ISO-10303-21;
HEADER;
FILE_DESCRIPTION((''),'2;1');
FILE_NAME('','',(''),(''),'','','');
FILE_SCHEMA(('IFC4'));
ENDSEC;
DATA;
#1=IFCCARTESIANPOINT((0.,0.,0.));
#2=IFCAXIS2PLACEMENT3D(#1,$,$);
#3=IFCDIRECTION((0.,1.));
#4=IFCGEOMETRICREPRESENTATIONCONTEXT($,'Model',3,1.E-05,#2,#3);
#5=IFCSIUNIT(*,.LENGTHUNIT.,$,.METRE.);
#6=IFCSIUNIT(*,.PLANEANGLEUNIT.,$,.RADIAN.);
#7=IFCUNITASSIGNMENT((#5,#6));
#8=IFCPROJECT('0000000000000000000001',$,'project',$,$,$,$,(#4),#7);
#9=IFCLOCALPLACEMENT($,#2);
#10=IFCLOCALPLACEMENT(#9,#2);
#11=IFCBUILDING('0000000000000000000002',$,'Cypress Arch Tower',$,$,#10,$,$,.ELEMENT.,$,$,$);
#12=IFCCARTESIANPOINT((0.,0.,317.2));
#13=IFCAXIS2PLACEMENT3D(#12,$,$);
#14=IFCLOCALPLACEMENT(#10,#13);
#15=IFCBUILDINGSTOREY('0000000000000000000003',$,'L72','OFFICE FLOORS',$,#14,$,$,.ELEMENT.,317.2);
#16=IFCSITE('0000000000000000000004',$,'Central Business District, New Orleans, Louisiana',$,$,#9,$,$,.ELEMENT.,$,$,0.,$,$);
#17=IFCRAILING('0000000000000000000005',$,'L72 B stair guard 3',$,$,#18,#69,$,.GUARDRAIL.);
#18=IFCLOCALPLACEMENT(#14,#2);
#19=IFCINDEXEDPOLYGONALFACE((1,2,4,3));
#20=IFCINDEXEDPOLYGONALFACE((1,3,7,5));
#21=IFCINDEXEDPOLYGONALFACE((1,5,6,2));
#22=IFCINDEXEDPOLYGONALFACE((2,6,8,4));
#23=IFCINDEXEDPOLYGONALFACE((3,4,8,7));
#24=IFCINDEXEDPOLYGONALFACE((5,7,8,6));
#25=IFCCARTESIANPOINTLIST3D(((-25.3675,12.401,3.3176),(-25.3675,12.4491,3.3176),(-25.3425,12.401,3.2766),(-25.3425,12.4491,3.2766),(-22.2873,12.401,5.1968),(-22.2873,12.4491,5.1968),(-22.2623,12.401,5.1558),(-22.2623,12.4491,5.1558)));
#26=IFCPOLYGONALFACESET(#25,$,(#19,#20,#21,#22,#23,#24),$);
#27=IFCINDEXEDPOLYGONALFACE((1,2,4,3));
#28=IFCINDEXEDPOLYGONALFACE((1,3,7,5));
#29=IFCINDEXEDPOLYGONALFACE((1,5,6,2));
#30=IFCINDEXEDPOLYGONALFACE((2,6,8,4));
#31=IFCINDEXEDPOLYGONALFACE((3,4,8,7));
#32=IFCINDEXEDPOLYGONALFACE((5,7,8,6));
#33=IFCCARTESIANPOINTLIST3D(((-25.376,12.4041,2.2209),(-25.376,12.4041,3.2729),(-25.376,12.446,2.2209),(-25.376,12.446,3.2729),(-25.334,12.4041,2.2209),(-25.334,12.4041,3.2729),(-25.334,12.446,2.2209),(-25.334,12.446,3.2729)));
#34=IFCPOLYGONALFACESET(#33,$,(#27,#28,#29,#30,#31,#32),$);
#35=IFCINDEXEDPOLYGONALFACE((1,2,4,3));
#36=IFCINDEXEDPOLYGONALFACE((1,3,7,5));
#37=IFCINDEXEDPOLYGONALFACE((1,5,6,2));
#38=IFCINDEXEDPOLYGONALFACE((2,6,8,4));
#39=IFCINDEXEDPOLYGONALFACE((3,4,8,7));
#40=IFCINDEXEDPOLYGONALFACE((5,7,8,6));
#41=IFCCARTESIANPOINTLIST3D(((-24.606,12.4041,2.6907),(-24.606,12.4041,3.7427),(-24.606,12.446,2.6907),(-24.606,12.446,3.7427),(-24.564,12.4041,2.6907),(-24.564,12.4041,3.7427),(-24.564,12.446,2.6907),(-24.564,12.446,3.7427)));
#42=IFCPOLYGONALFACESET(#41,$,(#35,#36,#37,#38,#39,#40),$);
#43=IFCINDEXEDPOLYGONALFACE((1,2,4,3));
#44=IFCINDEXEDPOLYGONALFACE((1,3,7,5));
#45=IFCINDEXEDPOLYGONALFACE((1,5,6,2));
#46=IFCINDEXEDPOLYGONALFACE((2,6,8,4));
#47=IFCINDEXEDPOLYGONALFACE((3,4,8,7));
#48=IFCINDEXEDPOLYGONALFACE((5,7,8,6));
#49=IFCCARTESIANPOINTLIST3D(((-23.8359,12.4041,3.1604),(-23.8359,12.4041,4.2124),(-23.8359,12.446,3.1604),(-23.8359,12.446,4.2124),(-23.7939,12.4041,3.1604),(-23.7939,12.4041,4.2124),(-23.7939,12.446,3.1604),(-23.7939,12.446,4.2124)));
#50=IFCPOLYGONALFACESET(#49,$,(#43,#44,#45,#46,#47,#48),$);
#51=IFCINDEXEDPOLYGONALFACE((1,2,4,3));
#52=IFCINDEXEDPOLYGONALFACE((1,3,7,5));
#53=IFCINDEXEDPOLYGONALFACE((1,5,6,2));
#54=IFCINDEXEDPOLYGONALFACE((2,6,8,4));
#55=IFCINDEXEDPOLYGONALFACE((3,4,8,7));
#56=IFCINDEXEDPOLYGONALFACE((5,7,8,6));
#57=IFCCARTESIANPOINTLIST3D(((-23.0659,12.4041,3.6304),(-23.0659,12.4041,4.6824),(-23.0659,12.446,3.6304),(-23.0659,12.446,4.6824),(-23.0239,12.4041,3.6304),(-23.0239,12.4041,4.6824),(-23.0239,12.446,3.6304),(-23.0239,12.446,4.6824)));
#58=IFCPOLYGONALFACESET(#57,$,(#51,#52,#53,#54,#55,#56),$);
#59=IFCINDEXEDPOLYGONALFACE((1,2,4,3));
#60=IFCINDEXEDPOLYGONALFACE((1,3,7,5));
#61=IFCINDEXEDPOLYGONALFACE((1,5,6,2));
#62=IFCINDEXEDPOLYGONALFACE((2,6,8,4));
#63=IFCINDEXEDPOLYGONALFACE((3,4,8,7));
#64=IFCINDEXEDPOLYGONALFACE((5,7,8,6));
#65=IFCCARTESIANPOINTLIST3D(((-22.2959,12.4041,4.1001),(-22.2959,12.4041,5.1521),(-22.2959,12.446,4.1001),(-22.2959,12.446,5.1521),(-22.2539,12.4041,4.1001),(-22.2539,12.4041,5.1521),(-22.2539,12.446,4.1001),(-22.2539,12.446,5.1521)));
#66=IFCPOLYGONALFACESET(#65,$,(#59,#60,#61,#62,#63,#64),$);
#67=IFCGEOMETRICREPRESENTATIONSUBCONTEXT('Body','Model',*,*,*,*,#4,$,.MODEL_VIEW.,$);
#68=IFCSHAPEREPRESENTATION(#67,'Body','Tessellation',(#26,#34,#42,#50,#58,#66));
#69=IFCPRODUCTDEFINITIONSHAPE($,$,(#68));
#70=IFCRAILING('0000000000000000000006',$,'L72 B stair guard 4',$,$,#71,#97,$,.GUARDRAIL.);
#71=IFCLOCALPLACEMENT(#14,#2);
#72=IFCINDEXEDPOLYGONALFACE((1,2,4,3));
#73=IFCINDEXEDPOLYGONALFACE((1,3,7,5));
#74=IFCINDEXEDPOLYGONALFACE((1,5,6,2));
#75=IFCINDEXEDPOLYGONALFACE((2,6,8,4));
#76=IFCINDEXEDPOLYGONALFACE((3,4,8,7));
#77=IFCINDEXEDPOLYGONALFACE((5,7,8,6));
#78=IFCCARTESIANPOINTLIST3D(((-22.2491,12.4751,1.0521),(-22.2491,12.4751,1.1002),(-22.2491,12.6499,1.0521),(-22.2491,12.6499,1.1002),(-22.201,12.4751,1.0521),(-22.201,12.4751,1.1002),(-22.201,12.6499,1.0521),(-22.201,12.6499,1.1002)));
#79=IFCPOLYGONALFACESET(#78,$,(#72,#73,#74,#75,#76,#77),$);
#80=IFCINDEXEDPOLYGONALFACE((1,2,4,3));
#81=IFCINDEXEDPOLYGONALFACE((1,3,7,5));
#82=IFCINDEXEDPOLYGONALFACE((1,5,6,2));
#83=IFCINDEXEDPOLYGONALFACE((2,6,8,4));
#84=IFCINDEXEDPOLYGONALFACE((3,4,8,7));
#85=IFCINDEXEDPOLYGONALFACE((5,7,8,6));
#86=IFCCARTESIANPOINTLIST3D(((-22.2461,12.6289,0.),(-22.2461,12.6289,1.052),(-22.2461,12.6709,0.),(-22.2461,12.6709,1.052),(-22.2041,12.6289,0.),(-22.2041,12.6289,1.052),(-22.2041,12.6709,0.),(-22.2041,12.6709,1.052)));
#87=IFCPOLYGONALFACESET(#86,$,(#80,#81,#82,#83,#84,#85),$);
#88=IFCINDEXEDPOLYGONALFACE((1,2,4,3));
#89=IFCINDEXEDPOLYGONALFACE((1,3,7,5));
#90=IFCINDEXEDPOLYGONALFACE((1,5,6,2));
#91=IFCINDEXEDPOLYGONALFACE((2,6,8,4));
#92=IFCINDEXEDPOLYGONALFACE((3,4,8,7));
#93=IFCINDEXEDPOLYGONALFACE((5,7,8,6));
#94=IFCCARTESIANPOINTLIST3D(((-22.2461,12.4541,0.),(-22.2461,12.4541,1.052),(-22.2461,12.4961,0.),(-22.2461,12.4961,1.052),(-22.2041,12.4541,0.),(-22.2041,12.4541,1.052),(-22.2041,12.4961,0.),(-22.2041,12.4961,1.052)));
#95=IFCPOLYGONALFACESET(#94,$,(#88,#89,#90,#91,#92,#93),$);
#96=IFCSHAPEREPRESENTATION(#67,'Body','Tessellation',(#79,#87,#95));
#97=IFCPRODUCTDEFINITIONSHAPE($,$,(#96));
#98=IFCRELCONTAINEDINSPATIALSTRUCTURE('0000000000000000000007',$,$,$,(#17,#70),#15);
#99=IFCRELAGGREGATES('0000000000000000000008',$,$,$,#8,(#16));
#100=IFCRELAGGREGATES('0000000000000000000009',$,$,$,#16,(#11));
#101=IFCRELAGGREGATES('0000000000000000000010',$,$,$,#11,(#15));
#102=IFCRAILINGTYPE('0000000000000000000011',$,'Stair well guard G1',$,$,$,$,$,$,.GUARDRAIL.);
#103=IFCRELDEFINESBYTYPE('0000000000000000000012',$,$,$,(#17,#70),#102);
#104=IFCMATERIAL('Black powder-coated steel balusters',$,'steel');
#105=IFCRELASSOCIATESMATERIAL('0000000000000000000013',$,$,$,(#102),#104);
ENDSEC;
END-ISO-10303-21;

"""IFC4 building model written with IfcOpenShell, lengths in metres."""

from ifc_helpers import new_model, si_unit, direction, frame, origin, origin_2d, place, context, subcontext, project, spatial, rectangle, extrude, material, type_object, element, save


model = new_model("IFC4")

# Units and contexts
model_context = context("Model", 3, precision=1e-05, world=origin(), true_north=direction((0.0, 1.0)))
body_context = subcontext(model_context, "Body", "Model", "MODEL_VIEW")
ifc_project = project(units=[si_unit("LENGTHUNIT", "METRE"), si_unit("PLANEANGLEUNIT", "RADIAN")], contexts=[model_context])

# Site, building, storey
site_placement = place(None, origin())
site = spatial("IfcSite", under=ifc_project, at=site_placement, Name="Central Business District, New Orleans, Louisiana", CompositionType="ELEMENT", RefElevation=0.0)
building_placement = place(site_placement, origin())
building = spatial("IfcBuilding", under=site, at=building_placement, Name="Cypress Arch Tower", CompositionType="ELEMENT")
storey_placement = place(building_placement, frame((0.0, 0.0, 317.2)))
storey = spatial("IfcBuildingStorey", under=building, at=storey_placement, Name="L72", Description="OFFICE FLOORS", CompositionType="ELEMENT", Elevation=317.2)

# Railings
ifc_material_1 = material(Name="Black powder-coated steel balusters", Category="steel")
railing_type_1 = type_object("IfcRailingType", Name="Stair well guard G1", PredefinedType="GUARDRAIL", material=ifc_material_1)
railing_1_placement = place(storey_placement, frame((-25.355, 12.425, 2.2209)))
element("IfcRailing", 1, at=railing_1_placement, inside=storey, type_object=railing_type_1, Name="L72 B stair guard 3", PredefinedType="GUARDRAIL", context=body_context, shape_type="SweptSolid", body=[
    extrude(rectangle(XDim=0.0481, YDim=0.0481, at=origin_2d()), frame((0.0, 0.0, 1.0762), z_axis=(0.853666, 0.0, 0.52082), x_axis=(0.0, 1.0, 0.0)), (0.0, 0.0, 1.0), 3.6082),
    extrude(rectangle(XDim=0.042, YDim=0.042, at=origin_2d()), origin(), (0.0, 0.0, 1.0), 1.052),
    extrude(rectangle(XDim=0.042, YDim=0.042, at=origin_2d()), frame((0.77, 0.0, 0.4697)), (0.0, 0.0, 1.0), 1.052),
    extrude(rectangle(XDim=0.042, YDim=0.042, at=origin_2d()), frame((1.54, 0.0, 0.9395)), (0.0, 0.0, 1.0), 1.052),
    extrude(rectangle(XDim=0.042, YDim=0.042, at=origin_2d()), frame((2.3101, 0.0, 1.4094)), (0.0, 0.0, 1.0), 1.052),
    extrude(rectangle(XDim=0.042, YDim=0.042, at=origin_2d()), frame((3.0801, 0.0, 1.8792)), (0.0, 0.0, 1.0), 1.052),
])
railing_2_placement = place(storey_placement, frame((-22.2251, 12.6499, 0.0)))
element("IfcRailing", 2, at=railing_2_placement, inside=storey, type_object=railing_type_1, Name="L72 B stair guard 4", PredefinedType="GUARDRAIL", context=body_context, shape_type="SweptSolid", body=[
    extrude(rectangle(XDim=0.0481, YDim=0.0481, at=origin_2d()), frame((0.0, 0.0, 1.0762), z_axis=(0.0, -1.0, 0.0), x_axis=(1.0, 0.0, 0.0)), (0.0, 0.0, 1.0), 0.1748),
    extrude(rectangle(XDim=0.042, YDim=0.042, at=origin_2d()), origin(), (0.0, 0.0, 1.0), 1.052),
    extrude(rectangle(XDim=0.042, YDim=0.042, at=origin_2d()), frame((0.0, -0.1748, 0.0)), (0.0, 0.0, 1.0), 1.052),
])

save(model, "model.ifc")
